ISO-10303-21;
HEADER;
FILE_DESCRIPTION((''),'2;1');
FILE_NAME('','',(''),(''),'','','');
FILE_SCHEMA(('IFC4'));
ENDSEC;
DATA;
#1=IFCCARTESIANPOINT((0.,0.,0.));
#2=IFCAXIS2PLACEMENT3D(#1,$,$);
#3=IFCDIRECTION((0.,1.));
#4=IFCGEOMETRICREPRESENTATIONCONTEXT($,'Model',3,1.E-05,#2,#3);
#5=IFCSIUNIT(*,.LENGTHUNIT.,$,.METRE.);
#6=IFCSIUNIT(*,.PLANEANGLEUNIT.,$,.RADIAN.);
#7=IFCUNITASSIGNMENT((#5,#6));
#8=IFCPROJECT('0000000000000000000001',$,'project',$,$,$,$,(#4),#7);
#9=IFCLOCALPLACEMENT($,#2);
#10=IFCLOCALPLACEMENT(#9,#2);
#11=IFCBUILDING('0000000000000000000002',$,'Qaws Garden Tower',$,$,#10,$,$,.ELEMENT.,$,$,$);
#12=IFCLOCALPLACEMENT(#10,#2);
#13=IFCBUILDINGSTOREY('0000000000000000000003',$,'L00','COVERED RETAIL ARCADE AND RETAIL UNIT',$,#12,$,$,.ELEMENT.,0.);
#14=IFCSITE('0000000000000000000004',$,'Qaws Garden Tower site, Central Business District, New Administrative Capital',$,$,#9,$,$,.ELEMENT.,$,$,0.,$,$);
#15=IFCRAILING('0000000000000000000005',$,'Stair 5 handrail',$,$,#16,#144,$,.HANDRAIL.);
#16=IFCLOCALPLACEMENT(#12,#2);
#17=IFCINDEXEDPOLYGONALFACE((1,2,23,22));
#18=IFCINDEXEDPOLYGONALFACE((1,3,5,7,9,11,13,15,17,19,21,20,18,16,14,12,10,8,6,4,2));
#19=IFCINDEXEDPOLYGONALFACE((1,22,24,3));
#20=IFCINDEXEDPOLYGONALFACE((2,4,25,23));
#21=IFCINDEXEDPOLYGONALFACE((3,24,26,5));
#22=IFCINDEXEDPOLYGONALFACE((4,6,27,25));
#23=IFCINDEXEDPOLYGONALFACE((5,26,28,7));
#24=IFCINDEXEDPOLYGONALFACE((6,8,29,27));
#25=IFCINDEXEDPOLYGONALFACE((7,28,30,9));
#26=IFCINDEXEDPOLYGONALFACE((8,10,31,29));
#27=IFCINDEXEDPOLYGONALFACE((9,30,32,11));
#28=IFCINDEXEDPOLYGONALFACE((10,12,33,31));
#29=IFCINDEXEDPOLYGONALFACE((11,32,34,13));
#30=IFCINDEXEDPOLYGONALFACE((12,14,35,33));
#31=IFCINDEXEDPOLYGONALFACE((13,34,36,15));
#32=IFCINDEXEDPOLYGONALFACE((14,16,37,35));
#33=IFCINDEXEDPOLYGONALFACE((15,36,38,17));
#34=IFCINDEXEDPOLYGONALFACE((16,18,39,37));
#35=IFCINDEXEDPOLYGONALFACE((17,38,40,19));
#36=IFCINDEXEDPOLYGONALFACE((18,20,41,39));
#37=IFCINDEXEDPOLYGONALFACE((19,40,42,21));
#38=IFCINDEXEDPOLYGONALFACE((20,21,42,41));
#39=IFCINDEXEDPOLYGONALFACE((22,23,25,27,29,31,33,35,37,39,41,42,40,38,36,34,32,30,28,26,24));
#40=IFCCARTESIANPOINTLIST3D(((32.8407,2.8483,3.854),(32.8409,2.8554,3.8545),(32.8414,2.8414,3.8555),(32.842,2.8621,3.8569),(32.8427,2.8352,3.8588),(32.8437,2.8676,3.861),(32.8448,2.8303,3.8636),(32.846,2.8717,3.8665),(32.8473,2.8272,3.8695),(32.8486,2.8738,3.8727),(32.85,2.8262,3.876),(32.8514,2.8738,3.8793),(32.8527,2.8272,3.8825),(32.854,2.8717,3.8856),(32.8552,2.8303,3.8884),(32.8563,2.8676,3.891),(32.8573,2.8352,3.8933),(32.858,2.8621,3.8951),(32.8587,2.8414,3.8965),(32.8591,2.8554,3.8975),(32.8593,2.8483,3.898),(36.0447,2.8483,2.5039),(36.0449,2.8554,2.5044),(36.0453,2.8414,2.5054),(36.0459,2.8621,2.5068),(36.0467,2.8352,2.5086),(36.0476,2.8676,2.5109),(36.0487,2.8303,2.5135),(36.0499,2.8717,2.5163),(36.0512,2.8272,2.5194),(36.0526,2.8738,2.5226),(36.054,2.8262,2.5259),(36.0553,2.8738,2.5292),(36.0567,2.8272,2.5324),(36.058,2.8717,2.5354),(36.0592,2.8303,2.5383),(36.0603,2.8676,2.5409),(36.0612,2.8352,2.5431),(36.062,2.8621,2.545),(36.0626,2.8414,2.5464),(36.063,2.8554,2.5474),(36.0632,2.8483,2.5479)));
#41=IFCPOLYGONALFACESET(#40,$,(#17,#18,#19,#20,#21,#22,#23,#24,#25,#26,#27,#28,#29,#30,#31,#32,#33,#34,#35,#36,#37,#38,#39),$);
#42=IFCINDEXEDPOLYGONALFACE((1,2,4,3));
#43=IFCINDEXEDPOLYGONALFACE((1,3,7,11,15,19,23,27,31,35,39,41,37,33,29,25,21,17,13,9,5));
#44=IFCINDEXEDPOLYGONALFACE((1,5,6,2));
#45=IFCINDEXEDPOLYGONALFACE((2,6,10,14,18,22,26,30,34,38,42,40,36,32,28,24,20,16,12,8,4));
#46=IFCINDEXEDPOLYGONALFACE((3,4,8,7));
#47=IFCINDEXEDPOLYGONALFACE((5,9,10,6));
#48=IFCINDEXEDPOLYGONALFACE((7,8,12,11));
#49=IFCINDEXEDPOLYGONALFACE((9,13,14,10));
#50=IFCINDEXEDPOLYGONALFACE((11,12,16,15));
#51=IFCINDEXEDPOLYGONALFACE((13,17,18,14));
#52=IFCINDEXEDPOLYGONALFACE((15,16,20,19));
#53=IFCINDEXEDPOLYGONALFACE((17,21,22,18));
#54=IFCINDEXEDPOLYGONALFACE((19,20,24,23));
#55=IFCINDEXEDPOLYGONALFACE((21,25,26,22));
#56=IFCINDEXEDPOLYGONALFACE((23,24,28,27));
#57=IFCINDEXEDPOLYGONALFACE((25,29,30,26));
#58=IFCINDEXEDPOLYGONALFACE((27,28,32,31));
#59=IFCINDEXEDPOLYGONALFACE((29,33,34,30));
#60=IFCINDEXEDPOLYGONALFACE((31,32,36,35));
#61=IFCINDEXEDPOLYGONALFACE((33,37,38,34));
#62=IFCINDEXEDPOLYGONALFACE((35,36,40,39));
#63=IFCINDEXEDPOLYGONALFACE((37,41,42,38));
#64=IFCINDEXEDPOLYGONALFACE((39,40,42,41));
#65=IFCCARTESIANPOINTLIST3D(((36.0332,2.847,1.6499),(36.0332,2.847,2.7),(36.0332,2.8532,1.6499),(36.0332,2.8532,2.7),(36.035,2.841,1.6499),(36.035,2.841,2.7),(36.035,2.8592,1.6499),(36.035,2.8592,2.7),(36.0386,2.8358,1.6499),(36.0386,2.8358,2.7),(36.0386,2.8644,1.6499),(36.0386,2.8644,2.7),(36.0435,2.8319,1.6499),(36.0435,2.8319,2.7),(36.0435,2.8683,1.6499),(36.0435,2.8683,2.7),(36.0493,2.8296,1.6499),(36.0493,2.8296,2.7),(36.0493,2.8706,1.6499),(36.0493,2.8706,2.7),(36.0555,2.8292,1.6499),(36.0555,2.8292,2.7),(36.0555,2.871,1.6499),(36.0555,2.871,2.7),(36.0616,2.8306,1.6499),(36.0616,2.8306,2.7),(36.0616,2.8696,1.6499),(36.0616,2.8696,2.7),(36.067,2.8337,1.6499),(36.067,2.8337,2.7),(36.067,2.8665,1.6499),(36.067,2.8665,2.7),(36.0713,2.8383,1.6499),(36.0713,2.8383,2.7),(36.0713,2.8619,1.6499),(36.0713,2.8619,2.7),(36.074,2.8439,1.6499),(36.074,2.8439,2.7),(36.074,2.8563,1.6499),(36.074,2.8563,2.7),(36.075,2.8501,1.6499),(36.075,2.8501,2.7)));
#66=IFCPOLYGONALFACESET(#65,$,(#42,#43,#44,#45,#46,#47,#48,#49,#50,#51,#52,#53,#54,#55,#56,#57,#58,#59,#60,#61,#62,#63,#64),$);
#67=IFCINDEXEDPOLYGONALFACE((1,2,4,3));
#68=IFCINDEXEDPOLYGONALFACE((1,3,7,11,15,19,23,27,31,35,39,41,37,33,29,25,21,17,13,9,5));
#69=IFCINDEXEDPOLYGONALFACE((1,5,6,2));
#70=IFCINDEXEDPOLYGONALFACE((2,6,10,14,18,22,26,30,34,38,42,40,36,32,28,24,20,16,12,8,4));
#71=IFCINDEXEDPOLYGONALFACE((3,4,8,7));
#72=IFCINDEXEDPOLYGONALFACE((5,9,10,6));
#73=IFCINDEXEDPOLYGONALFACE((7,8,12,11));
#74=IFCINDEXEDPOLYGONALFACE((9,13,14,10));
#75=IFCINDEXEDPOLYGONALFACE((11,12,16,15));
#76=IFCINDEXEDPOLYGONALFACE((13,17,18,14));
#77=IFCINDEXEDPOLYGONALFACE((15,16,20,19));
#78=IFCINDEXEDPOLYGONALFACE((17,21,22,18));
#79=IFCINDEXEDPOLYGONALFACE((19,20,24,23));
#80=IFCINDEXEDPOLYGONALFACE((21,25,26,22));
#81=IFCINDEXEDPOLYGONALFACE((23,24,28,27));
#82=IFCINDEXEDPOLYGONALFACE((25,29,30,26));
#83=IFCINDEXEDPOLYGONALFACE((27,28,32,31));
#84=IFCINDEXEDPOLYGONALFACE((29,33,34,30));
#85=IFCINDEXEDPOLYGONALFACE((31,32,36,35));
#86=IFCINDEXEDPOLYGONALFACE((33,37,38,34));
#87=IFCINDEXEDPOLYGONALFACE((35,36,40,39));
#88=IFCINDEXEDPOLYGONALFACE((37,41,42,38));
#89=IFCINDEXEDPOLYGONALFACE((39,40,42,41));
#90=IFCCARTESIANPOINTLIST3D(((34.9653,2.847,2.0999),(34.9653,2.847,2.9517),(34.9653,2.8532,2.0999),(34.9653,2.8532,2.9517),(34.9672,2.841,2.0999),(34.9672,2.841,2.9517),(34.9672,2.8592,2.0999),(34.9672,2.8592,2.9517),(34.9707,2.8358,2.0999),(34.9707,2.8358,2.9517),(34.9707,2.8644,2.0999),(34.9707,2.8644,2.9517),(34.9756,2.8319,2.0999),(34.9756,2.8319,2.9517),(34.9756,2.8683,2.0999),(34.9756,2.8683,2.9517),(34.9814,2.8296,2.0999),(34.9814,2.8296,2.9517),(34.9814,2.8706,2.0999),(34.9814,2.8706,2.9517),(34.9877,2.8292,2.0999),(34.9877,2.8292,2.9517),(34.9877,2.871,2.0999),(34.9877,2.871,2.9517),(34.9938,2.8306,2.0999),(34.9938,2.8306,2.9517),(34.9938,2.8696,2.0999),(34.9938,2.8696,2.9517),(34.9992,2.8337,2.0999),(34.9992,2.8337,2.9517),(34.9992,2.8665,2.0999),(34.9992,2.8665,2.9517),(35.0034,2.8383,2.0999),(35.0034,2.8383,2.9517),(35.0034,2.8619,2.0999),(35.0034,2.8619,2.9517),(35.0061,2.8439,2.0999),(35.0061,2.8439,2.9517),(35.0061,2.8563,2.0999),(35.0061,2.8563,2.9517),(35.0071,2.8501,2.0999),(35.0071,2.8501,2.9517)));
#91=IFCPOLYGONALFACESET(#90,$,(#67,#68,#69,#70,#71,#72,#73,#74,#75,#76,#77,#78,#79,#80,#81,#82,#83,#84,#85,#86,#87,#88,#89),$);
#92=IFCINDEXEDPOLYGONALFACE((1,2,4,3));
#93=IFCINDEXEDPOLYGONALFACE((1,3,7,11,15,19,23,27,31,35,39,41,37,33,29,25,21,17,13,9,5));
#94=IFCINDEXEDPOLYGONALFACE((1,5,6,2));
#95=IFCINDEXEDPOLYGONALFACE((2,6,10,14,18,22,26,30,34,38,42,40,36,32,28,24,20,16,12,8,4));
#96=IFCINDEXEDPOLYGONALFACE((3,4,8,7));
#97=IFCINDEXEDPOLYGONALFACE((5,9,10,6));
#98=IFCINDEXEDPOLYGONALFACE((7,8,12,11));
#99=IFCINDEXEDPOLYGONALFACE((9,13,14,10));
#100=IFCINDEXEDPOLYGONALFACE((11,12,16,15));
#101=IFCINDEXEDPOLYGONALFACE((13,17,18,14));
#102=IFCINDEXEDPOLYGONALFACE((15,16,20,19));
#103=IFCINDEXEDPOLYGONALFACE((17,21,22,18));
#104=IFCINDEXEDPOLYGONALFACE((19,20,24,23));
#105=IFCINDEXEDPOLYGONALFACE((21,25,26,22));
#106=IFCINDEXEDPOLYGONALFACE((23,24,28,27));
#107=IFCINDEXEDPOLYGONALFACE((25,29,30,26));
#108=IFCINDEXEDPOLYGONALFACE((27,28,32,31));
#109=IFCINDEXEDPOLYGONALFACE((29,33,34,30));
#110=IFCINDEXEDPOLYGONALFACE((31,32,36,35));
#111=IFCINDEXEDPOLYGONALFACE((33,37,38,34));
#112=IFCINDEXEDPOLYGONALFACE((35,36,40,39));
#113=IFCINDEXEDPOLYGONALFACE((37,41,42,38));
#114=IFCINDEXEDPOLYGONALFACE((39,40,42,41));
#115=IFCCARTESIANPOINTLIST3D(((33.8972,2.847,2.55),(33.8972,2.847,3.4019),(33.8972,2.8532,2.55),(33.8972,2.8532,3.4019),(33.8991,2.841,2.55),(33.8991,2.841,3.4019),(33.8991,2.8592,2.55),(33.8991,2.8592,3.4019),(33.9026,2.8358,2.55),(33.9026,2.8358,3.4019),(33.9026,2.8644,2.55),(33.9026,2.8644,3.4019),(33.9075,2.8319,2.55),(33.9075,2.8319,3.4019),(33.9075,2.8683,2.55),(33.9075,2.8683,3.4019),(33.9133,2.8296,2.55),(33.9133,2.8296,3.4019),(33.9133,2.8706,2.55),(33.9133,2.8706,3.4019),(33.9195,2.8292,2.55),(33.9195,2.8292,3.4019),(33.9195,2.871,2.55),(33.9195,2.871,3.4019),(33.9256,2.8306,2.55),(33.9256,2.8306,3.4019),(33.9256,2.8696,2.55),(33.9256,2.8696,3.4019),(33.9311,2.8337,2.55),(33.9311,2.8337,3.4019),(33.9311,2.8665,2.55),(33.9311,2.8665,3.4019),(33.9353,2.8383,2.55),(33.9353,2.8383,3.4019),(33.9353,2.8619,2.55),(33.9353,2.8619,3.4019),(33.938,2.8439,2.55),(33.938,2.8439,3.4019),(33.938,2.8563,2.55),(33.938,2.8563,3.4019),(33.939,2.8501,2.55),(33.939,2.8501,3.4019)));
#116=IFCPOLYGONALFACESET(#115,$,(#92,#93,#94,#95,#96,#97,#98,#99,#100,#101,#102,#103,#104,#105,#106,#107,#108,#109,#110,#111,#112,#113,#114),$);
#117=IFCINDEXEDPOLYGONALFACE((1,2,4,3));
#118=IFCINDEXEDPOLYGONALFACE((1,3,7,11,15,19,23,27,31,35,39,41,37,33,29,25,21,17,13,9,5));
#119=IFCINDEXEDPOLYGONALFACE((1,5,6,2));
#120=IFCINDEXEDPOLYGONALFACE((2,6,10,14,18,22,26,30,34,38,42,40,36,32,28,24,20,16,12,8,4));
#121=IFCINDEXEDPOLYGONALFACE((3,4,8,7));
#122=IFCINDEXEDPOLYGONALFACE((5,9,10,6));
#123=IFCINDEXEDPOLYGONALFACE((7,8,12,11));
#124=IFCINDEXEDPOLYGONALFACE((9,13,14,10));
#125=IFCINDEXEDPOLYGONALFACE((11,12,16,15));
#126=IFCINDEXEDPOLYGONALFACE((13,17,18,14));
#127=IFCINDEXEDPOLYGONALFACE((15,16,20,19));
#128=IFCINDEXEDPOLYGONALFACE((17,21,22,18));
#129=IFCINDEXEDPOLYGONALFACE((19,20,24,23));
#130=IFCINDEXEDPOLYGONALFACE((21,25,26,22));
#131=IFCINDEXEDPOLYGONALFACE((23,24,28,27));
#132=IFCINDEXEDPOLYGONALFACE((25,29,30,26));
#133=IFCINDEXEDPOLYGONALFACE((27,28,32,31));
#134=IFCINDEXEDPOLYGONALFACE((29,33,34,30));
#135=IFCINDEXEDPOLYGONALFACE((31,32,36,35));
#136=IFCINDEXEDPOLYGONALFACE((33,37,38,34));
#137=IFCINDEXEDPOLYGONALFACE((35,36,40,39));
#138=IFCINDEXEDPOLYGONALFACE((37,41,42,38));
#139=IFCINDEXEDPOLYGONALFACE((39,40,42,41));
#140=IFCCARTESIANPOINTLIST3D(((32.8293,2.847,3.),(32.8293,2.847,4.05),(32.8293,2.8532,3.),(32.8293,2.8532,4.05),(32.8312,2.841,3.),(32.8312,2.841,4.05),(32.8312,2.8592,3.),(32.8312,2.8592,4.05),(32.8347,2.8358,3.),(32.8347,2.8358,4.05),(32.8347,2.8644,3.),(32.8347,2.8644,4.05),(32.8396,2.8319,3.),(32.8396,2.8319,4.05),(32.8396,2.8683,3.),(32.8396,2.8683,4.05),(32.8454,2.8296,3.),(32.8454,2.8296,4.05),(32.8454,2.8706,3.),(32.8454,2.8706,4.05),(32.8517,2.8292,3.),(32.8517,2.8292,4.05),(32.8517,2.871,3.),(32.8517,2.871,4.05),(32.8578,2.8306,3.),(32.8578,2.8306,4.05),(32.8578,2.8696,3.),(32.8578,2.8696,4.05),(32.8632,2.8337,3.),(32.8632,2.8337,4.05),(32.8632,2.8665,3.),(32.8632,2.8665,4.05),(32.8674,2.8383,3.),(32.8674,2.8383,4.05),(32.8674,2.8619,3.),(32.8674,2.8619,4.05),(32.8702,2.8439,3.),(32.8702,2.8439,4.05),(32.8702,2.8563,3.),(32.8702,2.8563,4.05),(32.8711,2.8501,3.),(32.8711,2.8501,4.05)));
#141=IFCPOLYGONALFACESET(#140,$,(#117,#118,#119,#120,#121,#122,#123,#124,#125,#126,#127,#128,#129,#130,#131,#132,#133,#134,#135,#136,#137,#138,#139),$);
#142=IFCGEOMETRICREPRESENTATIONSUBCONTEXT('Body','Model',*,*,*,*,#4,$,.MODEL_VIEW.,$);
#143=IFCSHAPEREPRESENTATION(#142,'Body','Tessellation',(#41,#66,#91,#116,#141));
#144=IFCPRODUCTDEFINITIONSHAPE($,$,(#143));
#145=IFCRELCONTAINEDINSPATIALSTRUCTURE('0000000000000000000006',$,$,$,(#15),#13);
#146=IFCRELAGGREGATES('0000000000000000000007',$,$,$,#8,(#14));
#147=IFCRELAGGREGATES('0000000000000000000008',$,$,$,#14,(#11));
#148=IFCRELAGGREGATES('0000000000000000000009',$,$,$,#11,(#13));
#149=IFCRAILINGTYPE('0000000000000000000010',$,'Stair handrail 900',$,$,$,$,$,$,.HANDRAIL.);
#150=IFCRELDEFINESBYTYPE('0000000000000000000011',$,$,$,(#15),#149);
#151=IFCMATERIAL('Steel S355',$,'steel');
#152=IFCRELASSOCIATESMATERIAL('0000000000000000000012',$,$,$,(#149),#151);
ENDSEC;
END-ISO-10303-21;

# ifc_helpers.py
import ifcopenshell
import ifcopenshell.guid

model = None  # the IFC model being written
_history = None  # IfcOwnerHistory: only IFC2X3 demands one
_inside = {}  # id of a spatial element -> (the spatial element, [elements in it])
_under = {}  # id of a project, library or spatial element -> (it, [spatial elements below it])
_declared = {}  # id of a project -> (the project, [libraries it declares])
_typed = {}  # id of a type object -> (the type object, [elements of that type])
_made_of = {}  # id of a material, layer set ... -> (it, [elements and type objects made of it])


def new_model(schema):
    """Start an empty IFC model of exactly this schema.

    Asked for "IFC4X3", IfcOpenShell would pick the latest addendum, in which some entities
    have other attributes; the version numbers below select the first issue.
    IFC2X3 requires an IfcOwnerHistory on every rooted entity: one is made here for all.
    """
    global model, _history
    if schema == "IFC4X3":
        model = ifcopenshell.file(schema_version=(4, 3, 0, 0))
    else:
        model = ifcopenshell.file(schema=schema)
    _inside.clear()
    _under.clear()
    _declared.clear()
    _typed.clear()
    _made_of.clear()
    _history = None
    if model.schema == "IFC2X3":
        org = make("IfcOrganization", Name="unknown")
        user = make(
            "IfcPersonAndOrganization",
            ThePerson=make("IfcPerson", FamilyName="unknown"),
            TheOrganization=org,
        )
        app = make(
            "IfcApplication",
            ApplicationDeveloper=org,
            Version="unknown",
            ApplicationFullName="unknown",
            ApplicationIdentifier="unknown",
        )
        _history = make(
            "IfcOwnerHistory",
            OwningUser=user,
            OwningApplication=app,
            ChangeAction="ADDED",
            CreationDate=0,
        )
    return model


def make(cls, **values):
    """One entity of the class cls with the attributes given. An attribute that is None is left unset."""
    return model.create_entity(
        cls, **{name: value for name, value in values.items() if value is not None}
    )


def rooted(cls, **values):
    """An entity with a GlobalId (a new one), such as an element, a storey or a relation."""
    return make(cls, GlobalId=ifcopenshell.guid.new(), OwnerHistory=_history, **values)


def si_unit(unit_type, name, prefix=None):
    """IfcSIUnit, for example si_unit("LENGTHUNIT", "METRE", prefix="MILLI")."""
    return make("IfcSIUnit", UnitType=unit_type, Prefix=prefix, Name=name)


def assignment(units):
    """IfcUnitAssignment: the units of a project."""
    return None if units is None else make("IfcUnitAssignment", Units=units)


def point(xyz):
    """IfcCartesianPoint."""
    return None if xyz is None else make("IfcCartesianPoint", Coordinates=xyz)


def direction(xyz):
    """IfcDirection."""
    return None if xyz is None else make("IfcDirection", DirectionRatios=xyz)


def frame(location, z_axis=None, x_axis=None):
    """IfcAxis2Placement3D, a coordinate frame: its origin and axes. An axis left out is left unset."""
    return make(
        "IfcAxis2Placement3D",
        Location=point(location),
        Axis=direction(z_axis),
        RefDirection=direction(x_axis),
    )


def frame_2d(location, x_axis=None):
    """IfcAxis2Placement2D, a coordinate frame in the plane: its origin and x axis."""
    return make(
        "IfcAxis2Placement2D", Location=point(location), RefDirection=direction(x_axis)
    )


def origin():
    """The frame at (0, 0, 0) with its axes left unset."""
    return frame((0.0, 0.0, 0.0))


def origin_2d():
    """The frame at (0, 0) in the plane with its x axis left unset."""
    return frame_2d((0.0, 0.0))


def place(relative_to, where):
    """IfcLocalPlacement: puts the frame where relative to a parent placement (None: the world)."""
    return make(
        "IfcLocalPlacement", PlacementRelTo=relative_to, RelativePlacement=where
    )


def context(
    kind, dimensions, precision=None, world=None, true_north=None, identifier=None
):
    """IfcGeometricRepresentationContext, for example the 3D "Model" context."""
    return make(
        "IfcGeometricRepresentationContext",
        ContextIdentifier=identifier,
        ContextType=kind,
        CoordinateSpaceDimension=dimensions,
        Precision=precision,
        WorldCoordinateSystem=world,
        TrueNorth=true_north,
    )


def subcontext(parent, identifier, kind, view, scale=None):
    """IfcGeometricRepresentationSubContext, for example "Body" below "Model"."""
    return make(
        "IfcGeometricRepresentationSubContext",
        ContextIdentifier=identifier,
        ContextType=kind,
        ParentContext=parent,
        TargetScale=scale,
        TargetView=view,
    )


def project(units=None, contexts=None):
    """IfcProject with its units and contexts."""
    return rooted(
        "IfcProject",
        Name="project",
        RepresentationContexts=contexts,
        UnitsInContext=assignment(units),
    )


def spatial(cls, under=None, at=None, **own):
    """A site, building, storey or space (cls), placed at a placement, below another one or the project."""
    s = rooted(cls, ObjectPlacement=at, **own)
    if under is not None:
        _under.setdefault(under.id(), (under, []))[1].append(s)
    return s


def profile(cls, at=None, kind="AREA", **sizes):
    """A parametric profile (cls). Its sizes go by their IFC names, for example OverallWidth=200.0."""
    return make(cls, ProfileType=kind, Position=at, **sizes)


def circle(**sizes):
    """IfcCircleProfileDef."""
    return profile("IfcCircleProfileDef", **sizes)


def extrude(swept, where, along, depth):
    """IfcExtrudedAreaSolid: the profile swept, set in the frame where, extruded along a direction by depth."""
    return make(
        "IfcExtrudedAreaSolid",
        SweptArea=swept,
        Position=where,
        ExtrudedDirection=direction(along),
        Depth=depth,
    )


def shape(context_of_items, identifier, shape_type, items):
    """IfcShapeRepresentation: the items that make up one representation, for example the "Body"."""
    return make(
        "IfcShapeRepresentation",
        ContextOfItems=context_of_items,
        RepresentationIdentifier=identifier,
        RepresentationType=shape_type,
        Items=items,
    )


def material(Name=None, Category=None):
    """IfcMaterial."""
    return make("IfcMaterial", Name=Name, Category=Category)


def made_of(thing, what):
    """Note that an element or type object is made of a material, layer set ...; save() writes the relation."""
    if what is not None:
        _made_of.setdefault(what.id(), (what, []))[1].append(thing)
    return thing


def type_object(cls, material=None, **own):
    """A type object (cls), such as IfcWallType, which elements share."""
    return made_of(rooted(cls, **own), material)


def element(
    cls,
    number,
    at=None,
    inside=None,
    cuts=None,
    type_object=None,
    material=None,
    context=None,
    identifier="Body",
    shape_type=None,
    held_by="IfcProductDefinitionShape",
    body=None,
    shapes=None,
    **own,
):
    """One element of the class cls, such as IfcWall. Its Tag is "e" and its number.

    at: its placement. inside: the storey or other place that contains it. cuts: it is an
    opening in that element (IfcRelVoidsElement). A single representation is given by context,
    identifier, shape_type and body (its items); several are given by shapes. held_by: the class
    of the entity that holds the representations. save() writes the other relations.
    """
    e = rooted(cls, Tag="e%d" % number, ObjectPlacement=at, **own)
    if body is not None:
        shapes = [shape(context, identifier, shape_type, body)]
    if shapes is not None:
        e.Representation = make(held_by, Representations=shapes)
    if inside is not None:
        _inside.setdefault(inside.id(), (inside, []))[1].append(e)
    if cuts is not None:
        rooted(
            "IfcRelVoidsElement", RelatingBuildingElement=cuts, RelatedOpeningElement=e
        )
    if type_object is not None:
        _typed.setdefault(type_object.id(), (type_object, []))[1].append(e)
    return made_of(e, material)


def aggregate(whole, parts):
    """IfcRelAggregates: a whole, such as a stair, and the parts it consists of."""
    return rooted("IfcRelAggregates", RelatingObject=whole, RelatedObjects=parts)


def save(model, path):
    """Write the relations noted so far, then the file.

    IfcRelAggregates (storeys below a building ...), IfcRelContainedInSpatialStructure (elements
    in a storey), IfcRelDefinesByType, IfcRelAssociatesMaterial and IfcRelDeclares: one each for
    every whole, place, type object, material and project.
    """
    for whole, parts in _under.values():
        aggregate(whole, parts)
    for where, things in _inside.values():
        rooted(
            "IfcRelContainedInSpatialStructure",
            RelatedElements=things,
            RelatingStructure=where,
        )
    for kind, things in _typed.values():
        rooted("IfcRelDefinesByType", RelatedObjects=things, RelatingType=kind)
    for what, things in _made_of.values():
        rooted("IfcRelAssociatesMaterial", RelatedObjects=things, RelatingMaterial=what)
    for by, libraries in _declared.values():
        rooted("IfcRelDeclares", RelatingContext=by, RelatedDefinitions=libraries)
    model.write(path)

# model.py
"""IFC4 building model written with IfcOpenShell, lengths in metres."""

from ifc_helpers import new_model, si_unit, direction, frame, origin, origin_2d, place, context, subcontext, project, spatial, circle, extrude, material, type_object, element, save


model = new_model("IFC4")

# Units and contexts
model_context = context("Model", 3, precision=1e-05, world=origin(), true_north=direction((0.0, 1.0)))
body_context = subcontext(model_context, "Body", "Model", "MODEL_VIEW")
ifc_project = project(units=[si_unit("LENGTHUNIT", "METRE"), si_unit("PLANEANGLEUNIT", "RADIAN")], contexts=[model_context])

# Site, building, storey
site_placement = place(None, origin())
site = spatial("IfcSite", under=ifc_project, at=site_placement, Name="Qaws Garden Tower site, Central Business District, New Administrative Capital", CompositionType="ELEMENT", RefElevation=0.0)
building_placement = place(site_placement, origin())
building = spatial("IfcBuilding", under=site, at=building_placement, Name="Qaws Garden Tower", CompositionType="ELEMENT")
storey_placement = place(building_placement, origin())
storey = spatial("IfcBuildingStorey", under=building, at=storey_placement, Name="L00", Description="COVERED RETAIL ARCADE AND RETAIL UNIT", CompositionType="ELEMENT", Elevation=0.0)

# Railing
ifc_material_1 = material(Name="Steel S355", Category="steel")
railing_type = type_object("IfcRailingType", Name="Stair handrail 900", PredefinedType="HANDRAIL", material=ifc_material_1)
railing_1_placement = place(storey_placement, frame((36.054, 2.8501, 1.6499)))
element("IfcRailing", 1, at=railing_1_placement, inside=storey, type_object=railing_type, Name="Stair 5 handrail", PredefinedType="HANDRAIL", context=body_context, shape_type="SweptSolid", body=[
    extrude(circle(Radius=0.0239, at=origin_2d()), frame((0.0, 0.0, 0.876), z_axis=(-0.921522, 0.0, 0.388327), x_axis=(0.0, -1.0, 0.0)), (0.0, 0.0, 1.0), 3.4768),
    extrude(circle(Radius=0.021, at=origin_2d()), origin(), (0.0, 0.0, 1.0), 1.05),
    extrude(circle(Radius=0.021, at=origin_2d()), frame((-1.0679, 0.0, 0.45)), (0.0, 0.0, 1.0), 0.8518),
    extrude(circle(Radius=0.021, at=origin_2d()), frame((-2.136, 0.0, 0.9001)), (0.0, 0.0, 1.0), 0.8518),
    extrude(circle(Radius=0.021, at=origin_2d()), frame((-3.2039, 0.0, 1.3501)), (0.0, 0.0, 1.0), 1.05),
])

save(model, "model.ifc")
